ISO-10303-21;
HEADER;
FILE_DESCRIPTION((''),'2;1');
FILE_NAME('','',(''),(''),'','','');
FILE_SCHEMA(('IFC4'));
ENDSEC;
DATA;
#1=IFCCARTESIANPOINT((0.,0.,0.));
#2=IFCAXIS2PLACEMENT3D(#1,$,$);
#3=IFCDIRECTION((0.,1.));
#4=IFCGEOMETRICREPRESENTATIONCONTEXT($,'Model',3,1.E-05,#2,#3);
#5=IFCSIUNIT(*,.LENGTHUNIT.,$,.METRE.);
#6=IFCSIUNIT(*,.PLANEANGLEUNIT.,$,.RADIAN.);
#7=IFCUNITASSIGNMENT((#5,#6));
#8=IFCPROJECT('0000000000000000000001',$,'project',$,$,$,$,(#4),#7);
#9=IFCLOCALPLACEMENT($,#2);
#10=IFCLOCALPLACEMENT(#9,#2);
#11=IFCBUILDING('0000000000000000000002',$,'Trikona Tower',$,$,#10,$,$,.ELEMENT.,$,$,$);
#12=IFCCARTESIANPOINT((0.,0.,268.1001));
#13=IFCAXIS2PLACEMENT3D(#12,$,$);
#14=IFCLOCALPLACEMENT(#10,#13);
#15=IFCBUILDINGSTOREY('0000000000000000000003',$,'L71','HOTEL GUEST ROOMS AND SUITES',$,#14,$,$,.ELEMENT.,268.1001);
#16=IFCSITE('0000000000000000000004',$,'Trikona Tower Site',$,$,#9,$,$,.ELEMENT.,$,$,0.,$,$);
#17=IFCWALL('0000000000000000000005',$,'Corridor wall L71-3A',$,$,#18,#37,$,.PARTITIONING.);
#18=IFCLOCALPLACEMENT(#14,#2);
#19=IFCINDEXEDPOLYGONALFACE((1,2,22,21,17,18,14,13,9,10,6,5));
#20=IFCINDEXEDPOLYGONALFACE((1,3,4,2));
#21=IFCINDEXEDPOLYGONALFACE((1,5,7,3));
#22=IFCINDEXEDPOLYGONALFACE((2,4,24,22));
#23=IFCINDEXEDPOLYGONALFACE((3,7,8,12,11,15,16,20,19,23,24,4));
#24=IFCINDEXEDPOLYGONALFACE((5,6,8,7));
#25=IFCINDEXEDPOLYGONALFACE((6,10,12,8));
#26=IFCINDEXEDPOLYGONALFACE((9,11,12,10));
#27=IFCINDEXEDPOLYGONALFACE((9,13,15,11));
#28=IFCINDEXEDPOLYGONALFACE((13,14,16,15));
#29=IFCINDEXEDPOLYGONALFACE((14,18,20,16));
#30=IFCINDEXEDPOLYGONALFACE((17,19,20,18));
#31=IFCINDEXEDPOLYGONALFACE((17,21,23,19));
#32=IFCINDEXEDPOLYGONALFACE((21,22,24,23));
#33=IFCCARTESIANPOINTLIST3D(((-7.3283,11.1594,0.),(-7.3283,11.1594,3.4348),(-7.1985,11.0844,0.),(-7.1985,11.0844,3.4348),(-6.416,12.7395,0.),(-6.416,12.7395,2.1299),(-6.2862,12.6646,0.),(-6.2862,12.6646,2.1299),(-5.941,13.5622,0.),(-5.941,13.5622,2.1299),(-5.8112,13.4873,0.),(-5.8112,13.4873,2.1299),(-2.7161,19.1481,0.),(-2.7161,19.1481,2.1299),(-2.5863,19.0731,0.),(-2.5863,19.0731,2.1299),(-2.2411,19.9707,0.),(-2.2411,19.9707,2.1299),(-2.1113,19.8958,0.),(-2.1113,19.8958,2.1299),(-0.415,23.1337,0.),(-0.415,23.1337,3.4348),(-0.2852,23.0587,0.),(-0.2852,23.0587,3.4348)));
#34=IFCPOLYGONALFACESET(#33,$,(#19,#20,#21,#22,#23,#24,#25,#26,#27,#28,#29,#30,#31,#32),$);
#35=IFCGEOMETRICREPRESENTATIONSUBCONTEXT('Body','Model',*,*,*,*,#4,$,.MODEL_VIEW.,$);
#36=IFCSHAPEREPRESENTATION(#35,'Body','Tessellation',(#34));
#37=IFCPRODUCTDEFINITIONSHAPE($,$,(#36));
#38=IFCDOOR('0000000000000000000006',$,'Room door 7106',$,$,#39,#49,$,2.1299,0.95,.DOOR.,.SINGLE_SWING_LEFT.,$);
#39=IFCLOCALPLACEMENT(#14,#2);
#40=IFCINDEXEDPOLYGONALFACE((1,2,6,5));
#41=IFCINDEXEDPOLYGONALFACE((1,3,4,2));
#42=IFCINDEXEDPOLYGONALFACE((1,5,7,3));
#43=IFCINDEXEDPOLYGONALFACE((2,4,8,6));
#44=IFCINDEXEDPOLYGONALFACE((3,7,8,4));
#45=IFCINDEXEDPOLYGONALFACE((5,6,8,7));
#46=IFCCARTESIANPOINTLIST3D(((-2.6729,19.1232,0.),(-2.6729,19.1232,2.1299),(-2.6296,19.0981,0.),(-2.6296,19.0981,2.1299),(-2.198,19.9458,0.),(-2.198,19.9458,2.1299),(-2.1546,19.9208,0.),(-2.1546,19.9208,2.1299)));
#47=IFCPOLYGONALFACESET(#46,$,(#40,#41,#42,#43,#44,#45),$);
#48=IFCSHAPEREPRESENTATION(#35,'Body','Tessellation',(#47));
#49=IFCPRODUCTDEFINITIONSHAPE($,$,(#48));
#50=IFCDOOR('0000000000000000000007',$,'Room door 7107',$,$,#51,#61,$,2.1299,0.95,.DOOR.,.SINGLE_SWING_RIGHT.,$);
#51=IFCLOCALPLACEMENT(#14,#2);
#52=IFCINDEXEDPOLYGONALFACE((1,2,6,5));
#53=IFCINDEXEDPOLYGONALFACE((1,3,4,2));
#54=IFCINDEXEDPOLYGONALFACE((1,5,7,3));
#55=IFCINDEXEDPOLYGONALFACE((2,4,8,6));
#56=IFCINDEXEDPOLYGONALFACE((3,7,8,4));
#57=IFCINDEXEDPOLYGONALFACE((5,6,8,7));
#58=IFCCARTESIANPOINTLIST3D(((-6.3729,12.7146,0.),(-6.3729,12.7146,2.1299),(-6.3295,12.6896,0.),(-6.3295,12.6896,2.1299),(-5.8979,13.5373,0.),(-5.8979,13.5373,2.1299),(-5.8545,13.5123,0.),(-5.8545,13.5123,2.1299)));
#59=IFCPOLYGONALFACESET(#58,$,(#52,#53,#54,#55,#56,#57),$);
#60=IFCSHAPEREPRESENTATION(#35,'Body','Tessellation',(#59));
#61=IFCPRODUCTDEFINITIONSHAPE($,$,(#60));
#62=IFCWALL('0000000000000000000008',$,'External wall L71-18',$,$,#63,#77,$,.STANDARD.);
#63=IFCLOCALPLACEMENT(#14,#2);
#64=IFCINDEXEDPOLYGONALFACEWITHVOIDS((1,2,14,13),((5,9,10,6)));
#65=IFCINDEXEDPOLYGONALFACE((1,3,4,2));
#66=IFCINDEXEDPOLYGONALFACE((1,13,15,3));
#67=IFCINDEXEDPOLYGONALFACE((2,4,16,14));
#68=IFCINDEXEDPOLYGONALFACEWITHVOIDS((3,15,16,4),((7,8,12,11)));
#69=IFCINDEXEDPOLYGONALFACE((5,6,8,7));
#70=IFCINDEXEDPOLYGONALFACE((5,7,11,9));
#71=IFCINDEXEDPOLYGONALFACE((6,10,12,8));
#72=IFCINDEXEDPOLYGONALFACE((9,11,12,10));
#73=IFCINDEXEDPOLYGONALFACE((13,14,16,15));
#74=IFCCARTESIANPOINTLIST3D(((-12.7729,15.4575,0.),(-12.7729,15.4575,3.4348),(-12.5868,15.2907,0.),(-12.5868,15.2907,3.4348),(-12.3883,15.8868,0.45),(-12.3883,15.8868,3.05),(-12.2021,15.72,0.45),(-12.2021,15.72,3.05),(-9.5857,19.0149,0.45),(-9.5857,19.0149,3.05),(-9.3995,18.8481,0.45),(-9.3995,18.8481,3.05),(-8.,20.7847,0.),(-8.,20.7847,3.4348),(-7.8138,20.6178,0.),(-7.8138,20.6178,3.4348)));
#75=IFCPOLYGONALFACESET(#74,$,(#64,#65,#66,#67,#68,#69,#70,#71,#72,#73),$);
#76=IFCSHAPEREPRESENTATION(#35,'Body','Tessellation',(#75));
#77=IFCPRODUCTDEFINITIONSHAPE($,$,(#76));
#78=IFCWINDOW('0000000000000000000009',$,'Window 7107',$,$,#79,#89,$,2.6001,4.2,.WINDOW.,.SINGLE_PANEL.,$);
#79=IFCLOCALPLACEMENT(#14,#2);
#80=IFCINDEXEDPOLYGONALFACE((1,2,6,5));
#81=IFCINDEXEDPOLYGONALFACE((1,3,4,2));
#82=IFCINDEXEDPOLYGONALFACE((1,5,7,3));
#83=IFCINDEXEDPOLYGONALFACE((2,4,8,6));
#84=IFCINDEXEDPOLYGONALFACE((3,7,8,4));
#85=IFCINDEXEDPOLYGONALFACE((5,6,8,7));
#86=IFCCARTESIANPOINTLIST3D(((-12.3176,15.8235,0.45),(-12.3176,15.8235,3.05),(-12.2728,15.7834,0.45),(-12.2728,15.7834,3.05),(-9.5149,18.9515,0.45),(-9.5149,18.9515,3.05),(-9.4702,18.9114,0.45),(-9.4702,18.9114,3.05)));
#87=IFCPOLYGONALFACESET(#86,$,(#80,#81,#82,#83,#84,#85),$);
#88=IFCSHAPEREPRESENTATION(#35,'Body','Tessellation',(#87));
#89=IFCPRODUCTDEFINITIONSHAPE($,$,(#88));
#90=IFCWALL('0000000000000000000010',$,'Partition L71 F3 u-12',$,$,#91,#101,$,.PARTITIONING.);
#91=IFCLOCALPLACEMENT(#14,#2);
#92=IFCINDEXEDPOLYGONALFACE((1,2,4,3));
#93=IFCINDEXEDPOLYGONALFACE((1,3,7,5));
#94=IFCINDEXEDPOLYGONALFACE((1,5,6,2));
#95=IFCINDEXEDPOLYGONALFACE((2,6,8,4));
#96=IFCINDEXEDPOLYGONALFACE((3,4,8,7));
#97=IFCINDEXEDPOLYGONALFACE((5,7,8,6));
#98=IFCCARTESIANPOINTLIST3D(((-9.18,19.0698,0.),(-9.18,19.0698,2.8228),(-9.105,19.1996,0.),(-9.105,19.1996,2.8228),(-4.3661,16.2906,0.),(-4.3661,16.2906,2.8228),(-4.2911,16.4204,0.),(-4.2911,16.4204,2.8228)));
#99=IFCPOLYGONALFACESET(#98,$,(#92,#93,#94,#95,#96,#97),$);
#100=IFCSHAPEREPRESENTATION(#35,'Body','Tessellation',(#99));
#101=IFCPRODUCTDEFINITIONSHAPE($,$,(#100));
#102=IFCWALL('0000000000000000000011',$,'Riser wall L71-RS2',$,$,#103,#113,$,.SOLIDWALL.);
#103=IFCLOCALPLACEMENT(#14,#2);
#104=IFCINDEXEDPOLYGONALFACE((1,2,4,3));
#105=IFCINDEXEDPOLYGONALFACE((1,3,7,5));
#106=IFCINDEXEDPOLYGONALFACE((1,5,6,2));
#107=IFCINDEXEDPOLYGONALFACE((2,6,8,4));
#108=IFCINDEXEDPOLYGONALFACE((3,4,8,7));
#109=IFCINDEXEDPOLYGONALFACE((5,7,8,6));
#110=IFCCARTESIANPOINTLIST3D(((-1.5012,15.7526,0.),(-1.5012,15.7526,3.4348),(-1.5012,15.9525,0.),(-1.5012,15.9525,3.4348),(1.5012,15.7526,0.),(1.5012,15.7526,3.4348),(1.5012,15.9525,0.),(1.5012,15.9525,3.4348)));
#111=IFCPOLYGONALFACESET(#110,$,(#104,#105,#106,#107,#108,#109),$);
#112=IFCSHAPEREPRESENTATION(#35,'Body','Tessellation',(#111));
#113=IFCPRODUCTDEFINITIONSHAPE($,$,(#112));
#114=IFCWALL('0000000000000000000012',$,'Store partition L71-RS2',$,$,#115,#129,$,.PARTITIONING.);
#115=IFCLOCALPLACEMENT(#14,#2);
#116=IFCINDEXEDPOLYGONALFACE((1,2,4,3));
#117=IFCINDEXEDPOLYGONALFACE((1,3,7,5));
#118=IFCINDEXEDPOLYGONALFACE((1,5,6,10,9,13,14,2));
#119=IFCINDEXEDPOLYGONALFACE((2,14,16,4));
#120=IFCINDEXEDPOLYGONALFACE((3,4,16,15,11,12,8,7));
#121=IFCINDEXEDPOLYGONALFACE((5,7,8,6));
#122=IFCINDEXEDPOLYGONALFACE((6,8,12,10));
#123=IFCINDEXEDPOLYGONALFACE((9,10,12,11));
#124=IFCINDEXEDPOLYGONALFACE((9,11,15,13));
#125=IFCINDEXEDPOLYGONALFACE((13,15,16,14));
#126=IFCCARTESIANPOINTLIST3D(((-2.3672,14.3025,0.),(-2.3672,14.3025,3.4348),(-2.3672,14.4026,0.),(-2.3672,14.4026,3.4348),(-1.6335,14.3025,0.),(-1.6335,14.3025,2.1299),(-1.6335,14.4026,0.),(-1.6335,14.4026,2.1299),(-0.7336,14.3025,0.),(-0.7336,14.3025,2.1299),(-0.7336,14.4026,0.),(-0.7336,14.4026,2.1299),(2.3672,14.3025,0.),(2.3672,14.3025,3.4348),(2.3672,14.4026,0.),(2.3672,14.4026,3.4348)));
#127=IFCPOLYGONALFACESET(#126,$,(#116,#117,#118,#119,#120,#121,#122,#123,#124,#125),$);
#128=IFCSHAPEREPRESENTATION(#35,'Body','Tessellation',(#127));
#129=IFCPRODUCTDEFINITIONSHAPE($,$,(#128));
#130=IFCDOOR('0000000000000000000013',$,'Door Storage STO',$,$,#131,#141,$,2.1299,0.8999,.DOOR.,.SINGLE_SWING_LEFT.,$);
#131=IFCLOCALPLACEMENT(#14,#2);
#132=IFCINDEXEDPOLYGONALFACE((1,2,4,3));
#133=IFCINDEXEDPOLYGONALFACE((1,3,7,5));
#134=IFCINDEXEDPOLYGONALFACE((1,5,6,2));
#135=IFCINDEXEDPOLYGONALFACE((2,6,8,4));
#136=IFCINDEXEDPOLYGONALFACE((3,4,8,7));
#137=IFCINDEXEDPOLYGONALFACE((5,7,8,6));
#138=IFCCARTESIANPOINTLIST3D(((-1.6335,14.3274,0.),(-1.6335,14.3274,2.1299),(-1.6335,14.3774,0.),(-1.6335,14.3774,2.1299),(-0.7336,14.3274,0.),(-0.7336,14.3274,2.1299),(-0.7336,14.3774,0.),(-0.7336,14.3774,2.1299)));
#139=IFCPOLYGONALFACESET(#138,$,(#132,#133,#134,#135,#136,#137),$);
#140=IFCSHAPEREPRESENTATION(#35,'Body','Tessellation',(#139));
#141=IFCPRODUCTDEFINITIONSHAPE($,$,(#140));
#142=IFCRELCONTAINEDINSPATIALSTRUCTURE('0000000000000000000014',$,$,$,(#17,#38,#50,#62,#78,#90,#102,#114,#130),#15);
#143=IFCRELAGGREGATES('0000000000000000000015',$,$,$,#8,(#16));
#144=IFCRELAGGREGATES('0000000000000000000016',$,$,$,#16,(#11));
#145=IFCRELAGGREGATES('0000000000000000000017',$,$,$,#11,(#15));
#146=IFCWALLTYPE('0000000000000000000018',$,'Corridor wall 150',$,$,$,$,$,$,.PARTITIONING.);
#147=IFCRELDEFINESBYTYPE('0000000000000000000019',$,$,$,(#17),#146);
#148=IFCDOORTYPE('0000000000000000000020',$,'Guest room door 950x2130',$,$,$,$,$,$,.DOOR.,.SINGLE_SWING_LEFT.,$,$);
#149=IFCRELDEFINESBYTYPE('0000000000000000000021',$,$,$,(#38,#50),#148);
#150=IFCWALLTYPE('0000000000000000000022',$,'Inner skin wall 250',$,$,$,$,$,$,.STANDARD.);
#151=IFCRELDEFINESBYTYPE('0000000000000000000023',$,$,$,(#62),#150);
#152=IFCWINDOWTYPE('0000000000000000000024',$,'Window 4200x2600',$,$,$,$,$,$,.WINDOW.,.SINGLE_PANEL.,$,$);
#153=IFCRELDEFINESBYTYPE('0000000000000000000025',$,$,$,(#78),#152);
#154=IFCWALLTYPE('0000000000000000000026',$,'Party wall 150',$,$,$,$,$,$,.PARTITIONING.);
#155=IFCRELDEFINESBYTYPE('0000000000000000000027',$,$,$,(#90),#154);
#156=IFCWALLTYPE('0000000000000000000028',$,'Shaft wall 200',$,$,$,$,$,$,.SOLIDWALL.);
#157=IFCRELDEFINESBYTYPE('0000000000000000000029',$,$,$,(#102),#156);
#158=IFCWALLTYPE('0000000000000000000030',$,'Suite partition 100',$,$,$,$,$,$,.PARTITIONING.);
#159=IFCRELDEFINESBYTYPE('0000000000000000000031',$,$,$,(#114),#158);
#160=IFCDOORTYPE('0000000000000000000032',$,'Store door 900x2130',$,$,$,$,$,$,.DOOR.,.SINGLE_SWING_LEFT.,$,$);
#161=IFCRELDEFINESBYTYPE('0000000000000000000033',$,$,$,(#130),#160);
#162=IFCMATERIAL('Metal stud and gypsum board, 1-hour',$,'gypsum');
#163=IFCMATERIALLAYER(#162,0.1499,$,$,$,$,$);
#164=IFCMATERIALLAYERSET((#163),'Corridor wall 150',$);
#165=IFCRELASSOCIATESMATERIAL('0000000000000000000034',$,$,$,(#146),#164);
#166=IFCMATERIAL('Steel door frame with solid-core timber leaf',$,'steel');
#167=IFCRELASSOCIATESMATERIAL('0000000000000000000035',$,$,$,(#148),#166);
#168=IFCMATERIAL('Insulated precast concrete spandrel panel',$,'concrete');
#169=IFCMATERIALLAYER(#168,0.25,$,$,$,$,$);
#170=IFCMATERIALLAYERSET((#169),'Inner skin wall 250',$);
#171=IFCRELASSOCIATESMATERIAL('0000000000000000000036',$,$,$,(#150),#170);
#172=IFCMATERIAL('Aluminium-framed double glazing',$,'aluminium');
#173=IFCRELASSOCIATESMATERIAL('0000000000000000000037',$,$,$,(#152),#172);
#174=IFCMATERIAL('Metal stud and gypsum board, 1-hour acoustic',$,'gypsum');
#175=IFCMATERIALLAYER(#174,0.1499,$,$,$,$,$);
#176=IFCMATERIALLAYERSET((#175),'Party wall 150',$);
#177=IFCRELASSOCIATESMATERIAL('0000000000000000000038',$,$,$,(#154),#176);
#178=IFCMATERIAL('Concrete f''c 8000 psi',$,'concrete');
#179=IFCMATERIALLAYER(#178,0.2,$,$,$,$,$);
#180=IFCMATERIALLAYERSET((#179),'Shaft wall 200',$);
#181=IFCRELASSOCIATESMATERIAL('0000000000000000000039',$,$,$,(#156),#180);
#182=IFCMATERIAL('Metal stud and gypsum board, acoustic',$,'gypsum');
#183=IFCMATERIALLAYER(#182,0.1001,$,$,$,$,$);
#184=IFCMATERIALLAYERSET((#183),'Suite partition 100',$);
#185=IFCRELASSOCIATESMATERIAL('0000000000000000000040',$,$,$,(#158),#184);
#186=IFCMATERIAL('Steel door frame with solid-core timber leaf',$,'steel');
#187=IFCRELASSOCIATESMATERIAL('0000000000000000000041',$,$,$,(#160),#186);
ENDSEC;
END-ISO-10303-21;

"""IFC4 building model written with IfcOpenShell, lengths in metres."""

from ifc_helpers import new_model, si_unit, direction, frame, frame_2d, origin, place, context, subcontext, project, spatial, rectangle, extrude, material, layer, layer_set, type_object, element, fill, save


model = new_model("IFC4")

# Units and contexts
model_context = context("Model", 3, precision=1e-05, world=origin(), true_north=direction((0.0, 1.0)))
body_context = subcontext(model_context, "Body", "Model", "MODEL_VIEW")
ifc_project = project(units=[si_unit("LENGTHUNIT", "METRE"), si_unit("PLANEANGLEUNIT", "RADIAN")], contexts=[model_context])

# Site, building, storey
site_placement = place(None, origin())
site = spatial("IfcSite", under=ifc_project, at=site_placement, Name="Trikona Tower Site", CompositionType="ELEMENT", RefElevation=0.0)
building_placement = place(site_placement, origin())
building = spatial("IfcBuilding", under=site, at=building_placement, Name="Trikona Tower", CompositionType="ELEMENT")
storey_placement = place(building_placement, frame((0.0, 0.0, 268.1001)))
storey = spatial("IfcBuildingStorey", under=building, at=storey_placement, Name="L71", Description="HOTEL GUEST ROOMS AND SUITES", CompositionType="ELEMENT", Elevation=268.1001)

# Wall, openings, doors
ifc_material_1 = material(Name="Metal stud and gypsum board, 1-hour", Category="gypsum")
ifc_layer_1 = layer(ifc_material_1, 0.1499)
ifc_layer_set_1 = layer_set([ifc_layer_1], Name="Corridor wall 150")
wall_type_1 = type_object("IfcWallType", Name="Corridor wall 150", PredefinedType="PARTITIONING", material=ifc_layer_set_1)
wall_1_placement = place(storey_placement, frame((-0.3501, 23.0962, 0.0), z_axis=(0.0, 0.0, 1.0), x_axis=(-0.499996, -0.866028, 0.0)))
wall_1 = element("IfcWall", 1, at=wall_1_placement, inside=storey, type_object=wall_type_1, Name="Corridor wall L71-3A", PredefinedType="PARTITIONING", context=body_context, shape_type="SweptSolid", body=[
    extrude(rectangle(XDim=13.8267, YDim=0.1499, at=frame_2d((6.9133, 0.0))), origin(), (0.0, 0.0, 1.0), 3.4348),
])
opening_1_placement = place(wall_1_placement, frame((3.6521, 0.0, 0.0)))
opening_1 = element("IfcOpeningElement", 2, at=opening_1_placement, cuts=wall_1, PredefinedType="OPENING", context=body_context, shape_type="SweptSolid", body=[
    extrude(rectangle(XDim=0.95, YDim=2.1299, at=frame_2d((0.4751, 1.0649))), frame((0.0, 0.085, 0.0), z_axis=(0.0, -1.0, 0.0), x_axis=(1.0, 0.0, 0.0)), (0.0, 0.0, 1.0), 0.1699),
])
opening_2_placement = place(wall_1_placement, frame((11.052, 0.0, 0.0)))
opening_2 = element("IfcOpeningElement", 3, at=opening_2_placement, cuts=wall_1, PredefinedType="OPENING", context=body_context, shape_type="SweptSolid", body=[
    extrude(rectangle(XDim=0.95, YDim=2.1299, at=frame_2d((0.4751, 1.0649))), frame((0.0, 0.085, 0.0), z_axis=(0.0, -1.0, 0.0), x_axis=(1.0, 0.0, 0.0)), (0.0, 0.0, 1.0), 0.1699),
])
ifc_material_2 = material(Name="Steel door frame with solid-core timber leaf", Category="steel")
door_type_1 = type_object("IfcDoorType", Name="Guest room door 950x2130", OperationType="SINGLE_SWING_LEFT", PredefinedType="DOOR", material=ifc_material_2)
door_1_placement = place(opening_1_placement, origin())
door_1 = element("IfcDoor", 4, at=door_1_placement, inside=storey, type_object=door_type_1, Name="Room door 7106", OperationType="SINGLE_SWING_LEFT", OverallHeight=2.1299, OverallWidth=0.95, PredefinedType="DOOR", context=body_context, shape_type="SweptSolid", body=[
    extrude(rectangle(XDim=0.95, YDim=2.1299, at=frame_2d((0.4751, 1.0649))), frame((0.0, 0.0249, 0.0), z_axis=(0.0, -1.0, 0.0), x_axis=(1.0, 0.0, 0.0)), (0.0, 0.0, 1.0), 0.05),
])
fill(opening_1, door_1)
door_2_placement = place(opening_2_placement, origin())
door_2 = element("IfcDoor", 5, at=door_2_placement, inside=storey, type_object=door_type_1, Name="Room door 7107", OperationType="SINGLE_SWING_RIGHT", OverallHeight=2.1299, OverallWidth=0.95, PredefinedType="DOOR", context=body_context, shape_type="SweptSolid", body=[
    extrude(rectangle(XDim=0.95, YDim=2.1299, at=frame_2d((0.4751, 1.0649))), frame((0.0, 0.0249, 0.0), z_axis=(0.0, -1.0, 0.0), x_axis=(1.0, 0.0, 0.0)), (0.0, 0.0, 1.0), 0.05),
])
fill(opening_2, door_2)

# Wall, opening, window
ifc_material_3 = material(Name="Insulated precast concrete spandrel panel", Category="concrete")
ifc_layer_2 = layer(ifc_material_3, 0.25)
ifc_layer_set_2 = layer_set([ifc_layer_2], Name="Inner skin wall 250")
wall_type_2 = type_object("IfcWallType", Name="Inner skin wall 250", PredefinedType="STANDARD", material=ifc_layer_set_2)
wall_2_placement = place(storey_placement, frame((-7.907, 20.7012, 0.0), z_axis=(0.0, 0.0, 1.0), x_axis=(-0.667304, -0.744786, 0.0)))
wall_2 = element("IfcWall", 6, at=wall_2_placement, inside=storey, type_object=wall_type_2, Name="External wall L71-18", PredefinedType="STANDARD", context=body_context, shape_type="SweptSolid", body=[
    extrude(rectangle(XDim=7.1526, YDim=0.25, at=frame_2d((3.5762, 0.0))), origin(), (0.0, 0.0, 1.0), 3.4348),
])
opening_3_placement = place(wall_2_placement, frame((2.376, 0.0, 0.45)))
opening_3 = element("IfcOpeningElement", 7, at=opening_3_placement, cuts=wall_2, PredefinedType="OPENING", context=body_context, shape_type="SweptSolid", body=[
    extrude(rectangle(XDim=4.2, YDim=2.6001, at=frame_2d((2.1001, 1.3))), frame((0.0, 0.135, 0.0), z_axis=(0.0, -1.0, 0.0), x_axis=(1.0, 0.0, 0.0)), (0.0, 0.0, 1.0), 0.27),
])
ifc_material_4 = material(Name="Aluminium-framed double glazing", Category="aluminium")
window_type_1 = type_object("IfcWindowType", Name="Window 4200x2600", PartitioningType="SINGLE_PANEL", PredefinedType="WINDOW", material=ifc_material_4)
window_1_placement = place(opening_3_placement, origin())
window_1 = element("IfcWindow", 8, at=window_1_placement, inside=storey, type_object=window_type_1, Name="Window 7107", OverallHeight=2.6001, OverallWidth=4.2, PartitioningType="SINGLE_PANEL", PredefinedType="WINDOW", context=body_context, shape_type="SweptSolid", body=[
    extrude(rectangle(XDim=4.2, YDim=2.6001, at=frame_2d((2.1001, 1.3))), frame((0.0, 0.03, 0.0), z_axis=(0.0, -1.0, 0.0), x_axis=(1.0, 0.0, 0.0)), (0.0, 0.0, 1.0), 0.0601),
])
fill(opening_3, window_1)

# Walls
ifc_material_5 = material(Name="Metal stud and gypsum board, 1-hour acoustic", Category="gypsum")
ifc_layer_3 = layer(ifc_material_5, 0.1499)
ifc_layer_set_3 = layer_set([ifc_layer_3], Name="Party wall 150")
wall_type_3 = type_object("IfcWallType", Name="Party wall 150", PredefinedType="PARTITIONING", material=ifc_layer_set_3)
wall_3_placement = place(storey_placement, frame((-4.3286, 16.3555, 0.0), z_axis=(0.0, 0.0, 1.0), x_axis=(-0.866029, 0.499994, 0.0)))
element("IfcWall", 9, at=wall_3_placement, inside=storey, type_object=wall_type_3, Name="Partition L71 F3 u-12", PredefinedType="PARTITIONING", context=body_context, shape_type="SweptSolid", body=[
    extrude(rectangle(XDim=5.5586, YDim=0.1499, at=frame_2d((2.7793, 0.0))), origin(), (0.0, 0.0, 1.0), 2.8228),
])
ifc_material_6 = material(Name="Concrete f'c 8000 psi", Category="concrete")
ifc_layer_4 = layer(ifc_material_6, 0.2)
ifc_layer_set_4 = layer_set([ifc_layer_4], Name="Shaft wall 200")
wall_type_4 = type_object("IfcWallType", Name="Shaft wall 200", PredefinedType="SOLIDWALL", material=ifc_layer_set_4)
wall_4_placement = place(storey_placement, frame((-1.5012, 15.8525, 0.0), z_axis=(0.0, 0.0, 1.0), x_axis=(1.0, 0.0, 0.0)))
element("IfcWall", 10, at=wall_4_placement, inside=storey, type_object=wall_type_4, Name="Riser wall L71-RS2", PredefinedType="SOLIDWALL", context=body_context, shape_type="SweptSolid", body=[
    extrude(rectangle(XDim=3.0024, YDim=0.2, at=frame_2d((1.5012, 0.0))), origin(), (0.0, 0.0, 1.0), 3.4348),
])

# Wall, opening, door
ifc_material_7 = material(Name="Metal stud and gypsum board, acoustic", Category="gypsum")
ifc_layer_5 = layer(ifc_material_7, 0.1001)
ifc_layer_set_5 = layer_set([ifc_layer_5], Name="Suite partition 100")
wall_type_5 = type_object("IfcWallType", Name="Suite partition 100", PredefinedType="PARTITIONING", material=ifc_layer_set_5)
wall_5_placement = place(storey_placement, frame((-2.3672, 14.3525, 0.0), z_axis=(0.0, 0.0, 1.0), x_axis=(1.0, 0.0, 0.0)))
wall_5 = element("IfcWall", 11, at=wall_5_placement, inside=storey, type_object=wall_type_5, Name="Store partition L71-RS2", PredefinedType="PARTITIONING", context=body_context, shape_type="SweptSolid", body=[
    extrude(rectangle(XDim=4.7344, YDim=0.1001, at=frame_2d((2.3672, 0.0))), origin(), (0.0, 0.0, 1.0), 3.4348),
])
opening_4_placement = place(wall_5_placement, frame((0.7336, 0.0, 0.0)))
opening_4 = element("IfcOpeningElement", 12, at=opening_4_placement, cuts=wall_5, PredefinedType="OPENING", context=body_context, shape_type="SweptSolid", body=[
    extrude(rectangle(XDim=0.8999, YDim=2.1299, at=frame_2d((0.45, 1.0649))), frame((0.0, 0.0601, 0.0), z_axis=(0.0, -1.0, 0.0), x_axis=(1.0, 0.0, 0.0)), (0.0, 0.0, 1.0), 0.1201),
])
ifc_material_8 = material(Name="Steel door frame with solid-core timber leaf", Category="steel")
door_type_2 = type_object("IfcDoorType", Name="Store door 900x2130", OperationType="SINGLE_SWING_LEFT", PredefinedType="DOOR", material=ifc_material_8)
door_3_placement = place(opening_4_placement, origin())
door_3 = element("IfcDoor", 13, at=door_3_placement, inside=storey, type_object=door_type_2, Name="Door Storage STO", OperationType="SINGLE_SWING_LEFT", OverallHeight=2.1299, OverallWidth=0.8999, PredefinedType="DOOR", context=body_context, shape_type="SweptSolid", body=[
    extrude(rectangle(XDim=0.8999, YDim=2.1299, at=frame_2d((0.45, 1.0649))), frame((0.0, 0.0249, 0.0), z_axis=(0.0, -1.0, 0.0), x_axis=(1.0, 0.0, 0.0)), (0.0, 0.0, 1.0), 0.05),
])
fill(opening_4, door_3)

save(model, "model.ifc")
